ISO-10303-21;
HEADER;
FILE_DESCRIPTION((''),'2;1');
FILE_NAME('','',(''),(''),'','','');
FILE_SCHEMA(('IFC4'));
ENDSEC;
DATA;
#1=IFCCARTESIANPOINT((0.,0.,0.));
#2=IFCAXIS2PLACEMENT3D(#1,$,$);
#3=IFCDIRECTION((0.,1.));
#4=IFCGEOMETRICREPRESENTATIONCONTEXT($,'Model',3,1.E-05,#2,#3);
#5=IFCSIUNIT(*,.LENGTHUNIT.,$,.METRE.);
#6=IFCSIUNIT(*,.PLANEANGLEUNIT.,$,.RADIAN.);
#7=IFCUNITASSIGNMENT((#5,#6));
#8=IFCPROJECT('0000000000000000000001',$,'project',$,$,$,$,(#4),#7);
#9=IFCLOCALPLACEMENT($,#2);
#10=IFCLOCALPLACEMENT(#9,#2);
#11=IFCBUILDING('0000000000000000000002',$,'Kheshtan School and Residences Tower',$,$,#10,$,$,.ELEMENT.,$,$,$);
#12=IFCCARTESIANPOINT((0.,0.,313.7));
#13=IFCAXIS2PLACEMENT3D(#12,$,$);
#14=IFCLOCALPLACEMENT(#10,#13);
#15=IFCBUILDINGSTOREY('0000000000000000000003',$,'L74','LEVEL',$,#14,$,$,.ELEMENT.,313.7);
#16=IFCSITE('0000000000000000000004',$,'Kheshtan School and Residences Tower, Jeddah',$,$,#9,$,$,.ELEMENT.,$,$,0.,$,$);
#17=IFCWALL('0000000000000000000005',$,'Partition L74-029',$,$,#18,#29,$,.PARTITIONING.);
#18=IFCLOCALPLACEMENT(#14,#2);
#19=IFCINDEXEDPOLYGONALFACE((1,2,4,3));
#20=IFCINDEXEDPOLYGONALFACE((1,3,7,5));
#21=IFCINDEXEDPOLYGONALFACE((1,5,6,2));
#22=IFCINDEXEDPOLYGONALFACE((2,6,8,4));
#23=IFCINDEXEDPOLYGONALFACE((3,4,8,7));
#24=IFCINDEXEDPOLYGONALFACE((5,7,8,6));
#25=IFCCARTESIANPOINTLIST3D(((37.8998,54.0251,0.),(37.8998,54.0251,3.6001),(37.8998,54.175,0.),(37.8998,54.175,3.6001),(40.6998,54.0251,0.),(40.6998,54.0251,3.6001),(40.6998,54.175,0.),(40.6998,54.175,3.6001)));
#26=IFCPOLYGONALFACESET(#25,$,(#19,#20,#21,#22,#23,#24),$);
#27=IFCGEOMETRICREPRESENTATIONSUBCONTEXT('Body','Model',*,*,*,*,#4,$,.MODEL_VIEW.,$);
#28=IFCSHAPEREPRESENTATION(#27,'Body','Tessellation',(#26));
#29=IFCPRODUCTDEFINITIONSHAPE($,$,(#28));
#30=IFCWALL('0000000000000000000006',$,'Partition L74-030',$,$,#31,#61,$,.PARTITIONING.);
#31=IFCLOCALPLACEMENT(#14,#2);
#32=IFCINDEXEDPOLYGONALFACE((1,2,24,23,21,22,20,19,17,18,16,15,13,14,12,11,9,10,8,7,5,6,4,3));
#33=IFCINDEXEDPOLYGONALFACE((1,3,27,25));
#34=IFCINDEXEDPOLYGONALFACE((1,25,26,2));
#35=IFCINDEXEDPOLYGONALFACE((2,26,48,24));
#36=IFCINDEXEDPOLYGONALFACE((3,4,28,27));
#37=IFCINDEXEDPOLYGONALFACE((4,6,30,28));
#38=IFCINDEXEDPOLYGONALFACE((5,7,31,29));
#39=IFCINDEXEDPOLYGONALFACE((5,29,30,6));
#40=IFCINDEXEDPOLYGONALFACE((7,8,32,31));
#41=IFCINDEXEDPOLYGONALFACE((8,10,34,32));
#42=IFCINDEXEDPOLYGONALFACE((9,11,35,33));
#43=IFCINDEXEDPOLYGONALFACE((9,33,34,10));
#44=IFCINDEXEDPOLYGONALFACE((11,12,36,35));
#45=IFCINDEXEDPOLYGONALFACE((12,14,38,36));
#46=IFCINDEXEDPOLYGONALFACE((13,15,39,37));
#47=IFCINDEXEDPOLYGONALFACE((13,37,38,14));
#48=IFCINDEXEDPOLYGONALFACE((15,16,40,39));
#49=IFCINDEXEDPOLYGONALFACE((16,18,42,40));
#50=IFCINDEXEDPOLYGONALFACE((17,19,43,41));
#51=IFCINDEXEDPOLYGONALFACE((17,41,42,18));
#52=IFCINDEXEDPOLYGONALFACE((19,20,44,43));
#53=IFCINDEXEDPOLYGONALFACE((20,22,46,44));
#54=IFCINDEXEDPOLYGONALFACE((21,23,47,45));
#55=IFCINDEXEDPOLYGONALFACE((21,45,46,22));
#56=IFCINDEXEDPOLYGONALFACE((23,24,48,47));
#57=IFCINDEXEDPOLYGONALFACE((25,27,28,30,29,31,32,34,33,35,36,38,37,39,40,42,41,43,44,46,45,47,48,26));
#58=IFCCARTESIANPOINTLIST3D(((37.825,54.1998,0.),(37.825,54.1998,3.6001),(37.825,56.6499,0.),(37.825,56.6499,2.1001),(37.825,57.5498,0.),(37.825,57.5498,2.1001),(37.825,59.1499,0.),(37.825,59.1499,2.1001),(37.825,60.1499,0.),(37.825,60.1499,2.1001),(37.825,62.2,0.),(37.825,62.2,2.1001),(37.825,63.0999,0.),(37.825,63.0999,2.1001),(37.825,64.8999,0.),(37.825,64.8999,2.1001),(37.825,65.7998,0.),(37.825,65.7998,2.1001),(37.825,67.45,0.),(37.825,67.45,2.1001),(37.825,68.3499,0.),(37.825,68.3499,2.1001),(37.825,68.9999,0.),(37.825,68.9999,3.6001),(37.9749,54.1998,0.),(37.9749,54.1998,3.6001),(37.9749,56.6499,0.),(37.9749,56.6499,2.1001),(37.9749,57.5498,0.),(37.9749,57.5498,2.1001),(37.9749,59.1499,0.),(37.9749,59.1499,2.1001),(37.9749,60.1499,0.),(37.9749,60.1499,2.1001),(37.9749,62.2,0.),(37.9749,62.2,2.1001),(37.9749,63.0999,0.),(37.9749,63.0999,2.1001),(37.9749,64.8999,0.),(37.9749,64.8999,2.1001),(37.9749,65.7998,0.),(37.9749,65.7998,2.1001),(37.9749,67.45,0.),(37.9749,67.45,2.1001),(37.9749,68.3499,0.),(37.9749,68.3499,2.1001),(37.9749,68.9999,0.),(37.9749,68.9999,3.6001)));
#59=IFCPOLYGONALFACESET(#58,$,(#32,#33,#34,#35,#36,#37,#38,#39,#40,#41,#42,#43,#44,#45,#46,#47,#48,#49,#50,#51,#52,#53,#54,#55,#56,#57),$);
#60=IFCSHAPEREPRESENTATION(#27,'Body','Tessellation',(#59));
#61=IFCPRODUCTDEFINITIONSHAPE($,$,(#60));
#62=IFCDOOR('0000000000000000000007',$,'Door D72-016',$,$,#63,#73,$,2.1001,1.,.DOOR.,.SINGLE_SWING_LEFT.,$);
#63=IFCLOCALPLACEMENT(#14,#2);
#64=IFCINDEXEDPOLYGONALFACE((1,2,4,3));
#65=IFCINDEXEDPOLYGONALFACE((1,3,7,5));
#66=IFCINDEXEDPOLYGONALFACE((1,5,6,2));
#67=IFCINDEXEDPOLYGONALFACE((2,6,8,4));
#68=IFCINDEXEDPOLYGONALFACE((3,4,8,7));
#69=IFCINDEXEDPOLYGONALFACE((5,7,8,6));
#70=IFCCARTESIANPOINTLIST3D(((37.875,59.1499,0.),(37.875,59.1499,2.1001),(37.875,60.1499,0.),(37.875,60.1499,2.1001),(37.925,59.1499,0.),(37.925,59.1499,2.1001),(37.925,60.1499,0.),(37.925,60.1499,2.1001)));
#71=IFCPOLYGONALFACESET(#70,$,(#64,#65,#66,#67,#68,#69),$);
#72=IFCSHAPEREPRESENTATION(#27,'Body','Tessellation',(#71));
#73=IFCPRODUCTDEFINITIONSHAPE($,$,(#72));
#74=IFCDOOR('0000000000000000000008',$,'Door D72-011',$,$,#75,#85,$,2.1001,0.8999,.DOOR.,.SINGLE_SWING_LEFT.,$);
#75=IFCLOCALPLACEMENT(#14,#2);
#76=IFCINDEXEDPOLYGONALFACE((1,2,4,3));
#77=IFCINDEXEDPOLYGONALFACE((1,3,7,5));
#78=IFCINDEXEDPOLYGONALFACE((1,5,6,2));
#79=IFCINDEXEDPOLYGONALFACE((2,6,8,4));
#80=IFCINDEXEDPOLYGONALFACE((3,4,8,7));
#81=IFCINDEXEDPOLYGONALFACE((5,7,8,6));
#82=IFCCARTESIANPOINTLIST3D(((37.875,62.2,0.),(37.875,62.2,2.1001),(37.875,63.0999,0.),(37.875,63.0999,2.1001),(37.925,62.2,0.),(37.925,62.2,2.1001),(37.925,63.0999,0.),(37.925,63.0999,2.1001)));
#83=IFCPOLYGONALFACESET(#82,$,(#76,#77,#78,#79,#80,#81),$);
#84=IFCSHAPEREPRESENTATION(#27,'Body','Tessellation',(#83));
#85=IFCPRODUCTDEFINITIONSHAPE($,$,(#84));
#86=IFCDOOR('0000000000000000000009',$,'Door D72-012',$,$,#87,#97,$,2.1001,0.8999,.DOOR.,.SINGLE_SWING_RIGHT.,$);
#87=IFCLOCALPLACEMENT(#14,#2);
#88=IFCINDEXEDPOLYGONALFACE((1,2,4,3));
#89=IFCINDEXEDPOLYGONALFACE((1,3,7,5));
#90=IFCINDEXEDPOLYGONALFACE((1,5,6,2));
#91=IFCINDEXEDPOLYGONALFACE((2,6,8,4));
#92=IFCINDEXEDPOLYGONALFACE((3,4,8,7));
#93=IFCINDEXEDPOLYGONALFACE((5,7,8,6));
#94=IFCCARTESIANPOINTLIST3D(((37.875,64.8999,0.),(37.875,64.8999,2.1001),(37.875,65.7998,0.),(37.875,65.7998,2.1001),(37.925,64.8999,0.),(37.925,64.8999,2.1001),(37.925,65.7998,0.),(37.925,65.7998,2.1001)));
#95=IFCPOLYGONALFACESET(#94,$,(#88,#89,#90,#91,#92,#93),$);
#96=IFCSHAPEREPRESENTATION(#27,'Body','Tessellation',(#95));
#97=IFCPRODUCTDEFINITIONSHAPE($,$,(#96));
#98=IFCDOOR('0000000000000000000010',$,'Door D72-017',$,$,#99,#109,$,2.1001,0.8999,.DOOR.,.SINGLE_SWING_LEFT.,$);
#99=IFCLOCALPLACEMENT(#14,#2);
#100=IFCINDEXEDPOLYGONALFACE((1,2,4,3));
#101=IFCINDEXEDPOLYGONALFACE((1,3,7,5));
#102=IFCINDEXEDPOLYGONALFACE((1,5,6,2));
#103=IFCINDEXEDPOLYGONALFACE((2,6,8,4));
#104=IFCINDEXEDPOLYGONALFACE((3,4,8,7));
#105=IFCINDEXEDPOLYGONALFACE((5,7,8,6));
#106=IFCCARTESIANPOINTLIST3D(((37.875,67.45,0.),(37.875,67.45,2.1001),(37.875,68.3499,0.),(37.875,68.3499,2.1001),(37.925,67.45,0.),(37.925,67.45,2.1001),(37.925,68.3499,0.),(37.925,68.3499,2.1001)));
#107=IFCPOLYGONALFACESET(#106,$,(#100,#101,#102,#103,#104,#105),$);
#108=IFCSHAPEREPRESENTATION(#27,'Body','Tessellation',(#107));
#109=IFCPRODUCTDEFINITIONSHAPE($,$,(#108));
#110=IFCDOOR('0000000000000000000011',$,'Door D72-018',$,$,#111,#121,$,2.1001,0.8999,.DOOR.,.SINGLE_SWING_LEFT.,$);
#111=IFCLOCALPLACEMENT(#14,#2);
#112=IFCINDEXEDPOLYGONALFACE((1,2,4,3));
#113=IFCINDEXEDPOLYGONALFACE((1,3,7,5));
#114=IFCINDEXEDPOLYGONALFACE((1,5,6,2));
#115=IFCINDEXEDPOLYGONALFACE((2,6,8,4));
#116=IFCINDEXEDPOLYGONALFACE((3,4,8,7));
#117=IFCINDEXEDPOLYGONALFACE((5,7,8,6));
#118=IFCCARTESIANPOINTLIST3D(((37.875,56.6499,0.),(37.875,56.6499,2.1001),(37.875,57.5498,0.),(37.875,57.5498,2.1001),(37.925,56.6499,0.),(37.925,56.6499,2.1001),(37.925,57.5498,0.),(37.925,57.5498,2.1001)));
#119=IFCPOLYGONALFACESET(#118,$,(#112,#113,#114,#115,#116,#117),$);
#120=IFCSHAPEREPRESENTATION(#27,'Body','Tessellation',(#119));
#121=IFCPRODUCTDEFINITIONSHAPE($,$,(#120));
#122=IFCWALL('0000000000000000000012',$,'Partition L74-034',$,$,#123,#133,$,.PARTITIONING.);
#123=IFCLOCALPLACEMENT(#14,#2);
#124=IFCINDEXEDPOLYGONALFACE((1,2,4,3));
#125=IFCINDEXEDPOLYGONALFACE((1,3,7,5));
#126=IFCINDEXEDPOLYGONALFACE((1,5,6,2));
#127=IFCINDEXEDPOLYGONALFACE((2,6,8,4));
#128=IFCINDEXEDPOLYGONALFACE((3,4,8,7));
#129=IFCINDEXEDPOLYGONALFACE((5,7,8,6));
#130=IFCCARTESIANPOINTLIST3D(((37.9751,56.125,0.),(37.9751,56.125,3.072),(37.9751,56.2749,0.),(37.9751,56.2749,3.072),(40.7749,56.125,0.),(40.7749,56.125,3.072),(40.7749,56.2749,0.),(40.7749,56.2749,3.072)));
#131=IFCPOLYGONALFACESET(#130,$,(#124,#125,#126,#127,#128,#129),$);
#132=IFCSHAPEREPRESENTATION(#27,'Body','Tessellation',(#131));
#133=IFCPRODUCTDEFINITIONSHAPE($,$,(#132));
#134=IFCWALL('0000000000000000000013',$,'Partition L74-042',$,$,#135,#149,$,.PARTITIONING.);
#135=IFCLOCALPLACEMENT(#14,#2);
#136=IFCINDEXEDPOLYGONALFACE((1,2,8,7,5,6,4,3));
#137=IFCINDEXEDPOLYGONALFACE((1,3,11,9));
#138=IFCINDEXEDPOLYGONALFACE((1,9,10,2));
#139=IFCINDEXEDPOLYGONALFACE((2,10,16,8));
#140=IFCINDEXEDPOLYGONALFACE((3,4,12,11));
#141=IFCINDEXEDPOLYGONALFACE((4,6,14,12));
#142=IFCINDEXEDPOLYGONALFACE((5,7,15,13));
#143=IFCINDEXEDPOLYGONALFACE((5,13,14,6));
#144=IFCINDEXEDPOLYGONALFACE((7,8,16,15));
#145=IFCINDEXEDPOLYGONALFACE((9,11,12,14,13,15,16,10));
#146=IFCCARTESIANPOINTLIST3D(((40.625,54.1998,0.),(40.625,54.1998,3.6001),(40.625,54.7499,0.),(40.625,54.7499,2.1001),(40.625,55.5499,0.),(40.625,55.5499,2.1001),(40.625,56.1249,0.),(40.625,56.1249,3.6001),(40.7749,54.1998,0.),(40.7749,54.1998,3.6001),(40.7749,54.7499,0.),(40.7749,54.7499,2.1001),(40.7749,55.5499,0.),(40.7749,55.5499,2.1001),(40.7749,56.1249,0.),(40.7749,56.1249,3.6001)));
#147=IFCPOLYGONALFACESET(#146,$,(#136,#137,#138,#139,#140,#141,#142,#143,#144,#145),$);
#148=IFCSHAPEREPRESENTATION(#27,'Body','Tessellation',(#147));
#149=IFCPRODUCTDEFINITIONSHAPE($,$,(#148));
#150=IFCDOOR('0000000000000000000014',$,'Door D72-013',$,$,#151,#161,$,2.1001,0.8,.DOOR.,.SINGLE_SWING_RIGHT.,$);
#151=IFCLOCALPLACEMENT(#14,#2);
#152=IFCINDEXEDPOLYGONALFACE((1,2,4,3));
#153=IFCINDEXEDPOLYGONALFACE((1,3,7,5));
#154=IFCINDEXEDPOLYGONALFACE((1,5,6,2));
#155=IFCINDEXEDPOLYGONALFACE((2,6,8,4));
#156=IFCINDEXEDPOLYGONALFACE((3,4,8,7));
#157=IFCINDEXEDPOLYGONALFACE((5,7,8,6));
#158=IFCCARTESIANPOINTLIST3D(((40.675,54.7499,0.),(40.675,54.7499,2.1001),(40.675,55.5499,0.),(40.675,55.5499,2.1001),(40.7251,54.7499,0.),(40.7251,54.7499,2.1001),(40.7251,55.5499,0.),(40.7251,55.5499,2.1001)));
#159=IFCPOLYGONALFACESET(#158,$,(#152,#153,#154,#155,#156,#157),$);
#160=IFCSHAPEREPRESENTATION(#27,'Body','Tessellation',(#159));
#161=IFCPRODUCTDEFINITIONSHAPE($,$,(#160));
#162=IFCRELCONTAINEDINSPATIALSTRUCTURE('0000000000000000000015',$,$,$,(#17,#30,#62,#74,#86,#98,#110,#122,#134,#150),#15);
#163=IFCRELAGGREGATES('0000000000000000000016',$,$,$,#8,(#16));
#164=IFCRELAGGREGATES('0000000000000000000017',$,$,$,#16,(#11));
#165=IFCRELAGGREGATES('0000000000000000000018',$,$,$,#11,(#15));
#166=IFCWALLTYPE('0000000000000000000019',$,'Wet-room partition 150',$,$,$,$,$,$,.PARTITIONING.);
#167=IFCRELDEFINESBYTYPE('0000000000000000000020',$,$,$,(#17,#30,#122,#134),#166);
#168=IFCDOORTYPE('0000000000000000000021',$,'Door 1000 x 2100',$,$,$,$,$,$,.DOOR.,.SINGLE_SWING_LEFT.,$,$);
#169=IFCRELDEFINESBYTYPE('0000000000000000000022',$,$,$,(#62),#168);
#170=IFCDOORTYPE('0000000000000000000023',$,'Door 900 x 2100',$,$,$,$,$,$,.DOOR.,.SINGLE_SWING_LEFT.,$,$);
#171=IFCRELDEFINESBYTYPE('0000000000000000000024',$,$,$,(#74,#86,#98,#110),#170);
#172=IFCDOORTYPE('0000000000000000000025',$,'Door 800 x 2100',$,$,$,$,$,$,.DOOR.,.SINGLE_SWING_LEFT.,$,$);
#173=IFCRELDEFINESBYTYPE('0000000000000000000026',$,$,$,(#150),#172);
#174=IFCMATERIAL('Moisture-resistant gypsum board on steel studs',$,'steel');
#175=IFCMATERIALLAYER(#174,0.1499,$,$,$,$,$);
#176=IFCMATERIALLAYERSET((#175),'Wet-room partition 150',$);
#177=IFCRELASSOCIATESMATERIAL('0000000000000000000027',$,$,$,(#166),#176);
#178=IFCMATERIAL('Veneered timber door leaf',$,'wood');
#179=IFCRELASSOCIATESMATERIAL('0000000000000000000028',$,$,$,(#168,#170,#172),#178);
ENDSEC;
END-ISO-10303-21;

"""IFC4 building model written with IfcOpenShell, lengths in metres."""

from ifc_helpers import new_model, si_unit, direction, frame, frame_2d, origin, place, context, subcontext, project, spatial, rectangle, extrude, source, transform, mapped, material, layer, layer_set, type_object, element, fill, save


model = new_model("IFC4")

# Units and contexts
model_context = context("Model", 3, precision=1e-05, world=origin(), true_north=direction((0.0, 1.0)))
body_context = subcontext(model_context, "Body", "Model", "MODEL_VIEW")
ifc_project = project(units=[si_unit("LENGTHUNIT", "METRE"), si_unit("PLANEANGLEUNIT", "RADIAN")], contexts=[model_context])

# Site, building, storey
site_placement = place(None, origin())
site = spatial("IfcSite", under=ifc_project, at=site_placement, Name="Kheshtan School and Residences Tower, Jeddah", CompositionType="ELEMENT", RefElevation=0.0)
building_placement = place(site_placement, origin())
building = spatial("IfcBuilding", under=site, at=building_placement, Name="Kheshtan School and Residences Tower", CompositionType="ELEMENT")
storey_placement = place(building_placement, frame((0.0, 0.0, 313.7)))
storey = spatial("IfcBuildingStorey", under=building, at=storey_placement, Name="L74", Description="LEVEL", CompositionType="ELEMENT", Elevation=313.7)

# Wall
ifc_material_1 = material(Name="Moisture-resistant gypsum board on steel studs", Category="steel")
ifc_layer_1 = layer(ifc_material_1, 0.1499)
ifc_layer_set_1 = layer_set([ifc_layer_1], Name="Wet-room partition 150")
wall_type_1 = type_object("IfcWallType", Name="Wet-room partition 150", PredefinedType="PARTITIONING", material=ifc_layer_set_1)
wall_1_placement = place(storey_placement, frame((37.8999, 54.1001, 0.0), z_axis=(0.0, 0.0, 1.0), x_axis=(1.0, 0.0, 0.0)))
element("IfcWall", 1, at=wall_1_placement, inside=storey, type_object=wall_type_1, Name="Partition L74-029", PredefinedType="PARTITIONING", context=body_context, shape_type="SweptSolid", body=[
    extrude(rectangle(XDim=2.8, YDim=0.1499, at=frame_2d((1.3999, 0.0))), origin(), (0.0, 0.0, 1.0), 3.6001),
])

# Wall, openings, doors
wall_2_placement = place(storey_placement, frame((37.8999, 54.2, 0.0), z_axis=(0.0, 0.0, 1.0), x_axis=(0.0, 1.0, 0.0)))
wall_2 = element("IfcWall", 2, at=wall_2_placement, inside=storey, type_object=wall_type_1, Name="Partition L74-030", PredefinedType="PARTITIONING", context=body_context, shape_type="SweptSolid", body=[
    extrude(rectangle(XDim=14.8, YDim=0.1499, at=frame_2d((7.3999, 0.0))), origin(), (0.0, 0.0, 1.0), 3.6001),
])
opening_1_placement = place(wall_2_placement, frame((8.0, 0.0, 0.0)))
opening_1 = element("IfcOpeningElement", 3, at=opening_1_placement, cuts=wall_2, PredefinedType="OPENING", context=body_context, shape_type="SweptSolid", body=[
    extrude(rectangle(XDim=0.8999, YDim=2.1001, at=frame_2d((0.45, 1.05))), frame((0.0, 0.085, 0.0), z_axis=(0.0, -1.0, 0.0), x_axis=(1.0, 0.0, 0.0)), (0.0, 0.0, 1.0), 0.1699),
])
opening_2_placement = place(wall_2_placement, frame((10.7, 0.0, 0.0)))
opening_2 = element("IfcOpeningElement", 4, at=opening_2_placement, cuts=wall_2, PredefinedType="OPENING", context=body_context, shape_type="SweptSolid", body=[
    extrude(rectangle(XDim=0.8999, YDim=2.1001, at=frame_2d((0.45, 1.05))), frame((0.0, 0.085, 0.0), z_axis=(0.0, -1.0, 0.0), x_axis=(1.0, 0.0, 0.0)), (0.0, 0.0, 1.0), 0.1699),
])
opening_3_placement = place(wall_2_placement, frame((4.95, 0.0, 0.0)))
opening_3 = element("IfcOpeningElement", 5, at=opening_3_placement, cuts=wall_2, PredefinedType="OPENING", context=body_context, shape_type="SweptSolid", body=[
    extrude(rectangle(XDim=1.0, YDim=2.1001, at=frame_2d((0.5, 1.05))), frame((0.0, 0.085, 0.0), z_axis=(0.0, -1.0, 0.0), x_axis=(1.0, 0.0, 0.0)), (0.0, 0.0, 1.0), 0.1699),
])
opening_4_placement = place(wall_2_placement, frame((13.25, 0.0, 0.0)))
opening_4 = element("IfcOpeningElement", 6, at=opening_4_placement, cuts=wall_2, PredefinedType="OPENING", context=body_context, shape_type="SweptSolid", body=[
    extrude(rectangle(XDim=0.8999, YDim=2.1001, at=frame_2d((0.45, 1.05))), frame((0.0, 0.085, 0.0), z_axis=(0.0, -1.0, 0.0), x_axis=(1.0, 0.0, 0.0)), (0.0, 0.0, 1.0), 0.1699),
])
opening_5_placement = place(wall_2_placement, frame((2.45, 0.0, 0.0)))
opening_5 = element("IfcOpeningElement", 7, at=opening_5_placement, cuts=wall_2, PredefinedType="OPENING", context=body_context, shape_type="SweptSolid", body=[
    extrude(rectangle(XDim=0.8999, YDim=2.1001, at=frame_2d((0.45, 1.05))), frame((0.0, 0.085, 0.0), z_axis=(0.0, -1.0, 0.0), x_axis=(1.0, 0.0, 0.0)), (0.0, 0.0, 1.0), 0.1699),
])
ifc_material_2 = material(Name="Veneered timber door leaf", Category="wood")
door_type_1 = type_object("IfcDoorType", Name="Door 1000 x 2100", OperationType="SINGLE_SWING_LEFT", PredefinedType="DOOR", material=ifc_material_2)
shared_shape_1 = source(origin(), body_context, "Body", "SweptSolid", [
    extrude(rectangle(XDim=1.0, YDim=2.1001, at=frame_2d((0.5, 1.05))), frame((0.0, 0.0249, 0.0), z_axis=(0.0, -1.0, 0.0), x_axis=(1.0, 0.0, 0.0)), (0.0, 0.0, 1.0), 0.05),
])
door_1_placement = place(opening_3_placement, origin())
door_1 = element("IfcDoor", 8, at=door_1_placement, inside=storey, type_object=door_type_1, Name="Door D72-016", OperationType="SINGLE_SWING_LEFT", OverallHeight=2.1001, OverallWidth=1.0, PredefinedType="DOOR", context=body_context, shape_type="MappedRepresentation", body=[
    mapped(shared_shape_1, transform((0.0, 0.0, 0.0), x_axis=(1.0, 0.0, 0.0), y_axis=(0.0, 1.0, 0.0), z_axis=(0.0, 0.0, 1.0), scale=1.0)),
])
fill(opening_3, door_1)
door_type_2 = type_object("IfcDoorType", Name="Door 900 x 2100", OperationType="SINGLE_SWING_LEFT", PredefinedType="DOOR", material=ifc_material_2)
shared_shape_2 = source(origin(), body_context, "Body", "SweptSolid", [
    extrude(rectangle(XDim=0.8999, YDim=2.1001, at=frame_2d((0.45, 1.05))), frame((0.0, 0.0249, 0.0), z_axis=(0.0, -1.0, 0.0), x_axis=(1.0, 0.0, 0.0)), (0.0, 0.0, 1.0), 0.05),
])
door_2_placement = place(opening_1_placement, origin())
door_2 = element("IfcDoor", 9, at=door_2_placement, inside=storey, type_object=door_type_2, Name="Door D72-011", OperationType="SINGLE_SWING_LEFT", OverallHeight=2.1001, OverallWidth=0.8999, PredefinedType="DOOR", context=body_context, shape_type="MappedRepresentation", body=[
    mapped(shared_shape_2, transform((0.0, 0.0, 0.0), x_axis=(1.0, 0.0, 0.0), y_axis=(0.0, 1.0, 0.0), z_axis=(0.0, 0.0, 1.0), scale=1.0)),
])
fill(opening_1, door_2)
door_3_placement = place(opening_2_placement, origin())
door_3 = element("IfcDoor", 10, at=door_3_placement, inside=storey, type_object=door_type_2, Name="Door D72-012", OperationType="SINGLE_SWING_RIGHT", OverallHeight=2.1001, OverallWidth=0.8999, PredefinedType="DOOR", context=body_context, shape_type="MappedRepresentation", body=[
    mapped(shared_shape_2, transform((0.0, 0.0, 0.0), x_axis=(1.0, 0.0, 0.0), y_axis=(0.0, 1.0, 0.0), z_axis=(0.0, 0.0, 1.0), scale=1.0)),
])
fill(opening_2, door_3)
door_4_placement = place(opening_4_placement, origin())
door_4 = element("IfcDoor", 11, at=door_4_placement, inside=storey, type_object=door_type_2, Name="Door D72-017", OperationType="SINGLE_SWING_LEFT", OverallHeight=2.1001, OverallWidth=0.8999, PredefinedType="DOOR", context=body_context, shape_type="MappedRepresentation", body=[
    mapped(shared_shape_2, transform((0.0, 0.0, 0.0), x_axis=(1.0, 0.0, 0.0), y_axis=(0.0, 1.0, 0.0), z_axis=(0.0, 0.0, 1.0), scale=1.0)),
])
fill(opening_4, door_4)
door_5_placement = place(opening_5_placement, origin())
door_5 = element("IfcDoor", 12, at=door_5_placement, inside=storey, type_object=door_type_2, Name="Door D72-018", OperationType="SINGLE_SWING_LEFT", OverallHeight=2.1001, OverallWidth=0.8999, PredefinedType="DOOR", context=body_context, shape_type="MappedRepresentation", body=[
    mapped(shared_shape_2, transform((0.0, 0.0, 0.0), x_axis=(1.0, 0.0, 0.0), y_axis=(0.0, 1.0, 0.0), z_axis=(0.0, 0.0, 1.0), scale=1.0)),
])
fill(opening_5, door_5)

# Wall
wall_3_placement = place(storey_placement, frame((37.9751, 56.2, 0.0), z_axis=(0.0, 0.0, 1.0), x_axis=(1.0, 0.0, 0.0)))
element("IfcWall", 13, at=wall_3_placement, inside=storey, type_object=wall_type_1, Name="Partition L74-034", PredefinedType="PARTITIONING", context=body_context, shape_type="SweptSolid", body=[
    extrude(rectangle(XDim=2.7998, YDim=0.1499, at=frame_2d((1.3999, 0.0))), origin(), (0.0, 0.0, 1.0), 3.072),
])

# Wall, opening, door
wall_4_placement = place(storey_placement, frame((40.7, 54.2, 0.0), z_axis=(0.0, 0.0, 1.0), x_axis=(0.0, 1.0, 0.0)))
wall_4 = element("IfcWall", 14, at=wall_4_placement, inside=storey, type_object=wall_type_1, Name="Partition L74-042", PredefinedType="PARTITIONING", context=body_context, shape_type="SweptSolid", body=[
    extrude(rectangle(XDim=1.925, YDim=0.1499, at=frame_2d((0.9624, 0.0))), origin(), (0.0, 0.0, 1.0), 3.6001),
])
opening_6_placement = place(wall_4_placement, frame((0.55, 0.0, 0.0)))
opening_6 = element("IfcOpeningElement", 15, at=opening_6_placement, cuts=wall_4, PredefinedType="OPENING", context=body_context, shape_type="SweptSolid", body=[
    extrude(rectangle(XDim=0.8, YDim=2.1001, at=frame_2d((0.3999, 1.05))), frame((0.0, 0.085, 0.0), z_axis=(0.0, -1.0, 0.0), x_axis=(1.0, 0.0, 0.0)), (0.0, 0.0, 1.0), 0.1699),
])
door_type_3 = type_object("IfcDoorType", Name="Door 800 x 2100", OperationType="SINGLE_SWING_LEFT", PredefinedType="DOOR", material=ifc_material_2)
shared_shape_3 = source(origin(), body_context, "Body", "SweptSolid", [
    extrude(rectangle(XDim=0.8, YDim=2.1001, at=frame_2d((0.3999, 1.05))), frame((0.0, 0.0249, 0.0), z_axis=(0.0, -1.0, 0.0), x_axis=(1.0, 0.0, 0.0)), (0.0, 0.0, 1.0), 0.05),
])
door_6_placement = place(opening_6_placement, origin())
door_6 = element("IfcDoor", 16, at=door_6_placement, inside=storey, type_object=door_type_3, Name="Door D72-013", OperationType="SINGLE_SWING_RIGHT", OverallHeight=2.1001, OverallWidth=0.8, PredefinedType="DOOR", context=body_context, shape_type="MappedRepresentation", body=[
    mapped(shared_shape_3, transform((0.0, 0.0, 0.0), x_axis=(1.0, 0.0, 0.0), y_axis=(0.0, 1.0, 0.0), z_axis=(0.0, 0.0, 1.0), scale=1.0)),
])
fill(opening_6, door_6)

save(model, "model.ifc")
